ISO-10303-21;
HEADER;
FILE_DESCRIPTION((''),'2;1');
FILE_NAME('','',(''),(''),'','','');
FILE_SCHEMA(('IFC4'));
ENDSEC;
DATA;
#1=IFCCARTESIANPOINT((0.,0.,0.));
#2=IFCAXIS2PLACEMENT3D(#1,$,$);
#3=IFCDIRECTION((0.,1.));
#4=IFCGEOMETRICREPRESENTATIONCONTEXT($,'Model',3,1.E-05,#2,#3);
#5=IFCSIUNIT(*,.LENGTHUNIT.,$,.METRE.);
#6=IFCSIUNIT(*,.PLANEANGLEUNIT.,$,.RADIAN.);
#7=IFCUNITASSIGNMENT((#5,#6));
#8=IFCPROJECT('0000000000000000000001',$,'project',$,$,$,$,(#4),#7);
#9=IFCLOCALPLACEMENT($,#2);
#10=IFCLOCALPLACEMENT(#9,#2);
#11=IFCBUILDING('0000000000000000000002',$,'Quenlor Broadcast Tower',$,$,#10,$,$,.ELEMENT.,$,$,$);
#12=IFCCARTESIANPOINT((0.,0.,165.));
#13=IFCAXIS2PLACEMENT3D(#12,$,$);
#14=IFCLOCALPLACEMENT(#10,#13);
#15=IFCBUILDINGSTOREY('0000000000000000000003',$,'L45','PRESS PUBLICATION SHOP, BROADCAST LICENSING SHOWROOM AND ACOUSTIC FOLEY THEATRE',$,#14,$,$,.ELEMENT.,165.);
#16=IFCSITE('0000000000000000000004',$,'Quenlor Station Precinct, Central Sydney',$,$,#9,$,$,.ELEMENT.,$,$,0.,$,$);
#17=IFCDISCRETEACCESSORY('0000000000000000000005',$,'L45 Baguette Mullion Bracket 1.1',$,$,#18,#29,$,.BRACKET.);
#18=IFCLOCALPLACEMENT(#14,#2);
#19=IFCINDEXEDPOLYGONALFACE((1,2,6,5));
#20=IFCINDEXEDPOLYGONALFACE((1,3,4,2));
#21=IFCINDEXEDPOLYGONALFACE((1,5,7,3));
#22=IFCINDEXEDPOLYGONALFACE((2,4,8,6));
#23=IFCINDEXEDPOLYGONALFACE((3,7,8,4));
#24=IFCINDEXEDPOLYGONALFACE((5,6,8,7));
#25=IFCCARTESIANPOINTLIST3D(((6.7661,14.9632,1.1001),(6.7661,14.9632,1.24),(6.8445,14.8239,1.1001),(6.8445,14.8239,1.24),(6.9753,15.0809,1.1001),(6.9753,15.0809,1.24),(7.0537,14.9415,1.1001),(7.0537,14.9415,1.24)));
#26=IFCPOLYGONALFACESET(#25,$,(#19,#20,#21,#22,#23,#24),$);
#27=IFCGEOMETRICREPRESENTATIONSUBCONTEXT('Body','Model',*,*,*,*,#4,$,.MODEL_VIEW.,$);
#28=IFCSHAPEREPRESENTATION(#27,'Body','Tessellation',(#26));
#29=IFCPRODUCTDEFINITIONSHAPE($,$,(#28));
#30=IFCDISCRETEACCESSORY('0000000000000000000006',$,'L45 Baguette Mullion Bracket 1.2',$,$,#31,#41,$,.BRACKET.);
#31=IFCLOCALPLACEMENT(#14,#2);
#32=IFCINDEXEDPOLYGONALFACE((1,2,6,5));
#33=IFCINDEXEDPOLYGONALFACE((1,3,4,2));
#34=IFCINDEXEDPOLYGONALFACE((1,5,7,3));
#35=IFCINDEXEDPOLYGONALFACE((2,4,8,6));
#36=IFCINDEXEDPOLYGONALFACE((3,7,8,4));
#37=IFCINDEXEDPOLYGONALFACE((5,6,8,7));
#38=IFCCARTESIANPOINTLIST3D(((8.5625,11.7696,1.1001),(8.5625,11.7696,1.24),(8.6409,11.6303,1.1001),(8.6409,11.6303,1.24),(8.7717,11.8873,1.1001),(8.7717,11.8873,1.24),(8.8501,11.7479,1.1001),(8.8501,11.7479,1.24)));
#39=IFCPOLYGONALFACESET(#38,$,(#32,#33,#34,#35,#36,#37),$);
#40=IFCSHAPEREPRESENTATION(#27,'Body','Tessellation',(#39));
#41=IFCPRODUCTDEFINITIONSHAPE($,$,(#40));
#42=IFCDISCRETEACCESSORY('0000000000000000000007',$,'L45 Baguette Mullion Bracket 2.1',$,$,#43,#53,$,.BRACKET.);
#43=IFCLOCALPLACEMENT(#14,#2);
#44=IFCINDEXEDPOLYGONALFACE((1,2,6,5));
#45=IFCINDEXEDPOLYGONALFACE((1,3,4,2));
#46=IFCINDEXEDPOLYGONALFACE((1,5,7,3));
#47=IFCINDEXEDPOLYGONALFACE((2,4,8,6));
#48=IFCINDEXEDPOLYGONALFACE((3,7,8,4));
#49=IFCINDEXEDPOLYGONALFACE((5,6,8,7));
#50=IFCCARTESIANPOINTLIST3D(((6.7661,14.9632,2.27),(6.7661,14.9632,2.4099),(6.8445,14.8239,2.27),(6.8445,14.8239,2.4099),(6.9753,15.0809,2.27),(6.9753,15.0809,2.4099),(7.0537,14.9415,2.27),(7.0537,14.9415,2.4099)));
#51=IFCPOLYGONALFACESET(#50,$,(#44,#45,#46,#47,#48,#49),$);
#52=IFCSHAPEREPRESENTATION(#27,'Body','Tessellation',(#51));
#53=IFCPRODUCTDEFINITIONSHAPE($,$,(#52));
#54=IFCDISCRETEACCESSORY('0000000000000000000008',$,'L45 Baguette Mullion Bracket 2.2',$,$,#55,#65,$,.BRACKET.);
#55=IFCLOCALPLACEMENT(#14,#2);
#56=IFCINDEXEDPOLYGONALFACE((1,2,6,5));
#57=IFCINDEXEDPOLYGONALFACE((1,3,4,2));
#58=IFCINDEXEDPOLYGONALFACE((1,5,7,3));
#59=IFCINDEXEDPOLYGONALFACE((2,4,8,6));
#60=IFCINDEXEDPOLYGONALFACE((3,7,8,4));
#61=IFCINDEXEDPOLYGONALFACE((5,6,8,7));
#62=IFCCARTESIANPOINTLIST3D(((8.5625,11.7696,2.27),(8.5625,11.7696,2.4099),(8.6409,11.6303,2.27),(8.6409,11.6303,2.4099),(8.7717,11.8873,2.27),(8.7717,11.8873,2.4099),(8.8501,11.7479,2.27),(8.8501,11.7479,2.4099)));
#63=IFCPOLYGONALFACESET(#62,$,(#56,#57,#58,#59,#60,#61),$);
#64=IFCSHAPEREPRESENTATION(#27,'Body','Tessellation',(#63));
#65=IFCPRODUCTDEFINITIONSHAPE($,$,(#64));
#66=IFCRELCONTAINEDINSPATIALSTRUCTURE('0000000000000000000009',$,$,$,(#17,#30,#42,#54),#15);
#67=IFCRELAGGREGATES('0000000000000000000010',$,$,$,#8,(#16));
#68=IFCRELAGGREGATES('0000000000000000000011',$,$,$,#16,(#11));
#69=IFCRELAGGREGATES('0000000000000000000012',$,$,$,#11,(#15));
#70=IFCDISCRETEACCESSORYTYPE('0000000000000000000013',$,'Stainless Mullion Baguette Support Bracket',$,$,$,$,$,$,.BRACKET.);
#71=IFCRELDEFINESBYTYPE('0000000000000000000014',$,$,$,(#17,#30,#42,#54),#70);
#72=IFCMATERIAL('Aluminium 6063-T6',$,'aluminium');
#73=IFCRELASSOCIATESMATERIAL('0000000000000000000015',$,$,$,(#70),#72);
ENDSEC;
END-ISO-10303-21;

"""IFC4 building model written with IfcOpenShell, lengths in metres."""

from ifc_helpers import new_model, si_unit, direction, frame, origin, origin_2d, place, context, subcontext, project, spatial, rectangle, extrude, material, type_object, element, save


model = new_model("IFC4")

# Units and contexts
model_context = context("Model", 3, precision=1e-05, world=origin(), true_north=direction((0.0, 1.0)))
body_context = subcontext(model_context, "Body", "Model", "MODEL_VIEW")
ifc_project = project(units=[si_unit("LENGTHUNIT", "METRE"), si_unit("PLANEANGLEUNIT", "RADIAN")], contexts=[model_context])

# Site, building, storey
site_placement = place(None, origin())
site = spatial("IfcSite", under=ifc_project, at=site_placement, Name="Quenlor Station Precinct, Central Sydney", CompositionType="ELEMENT", RefElevation=0.0)
building_placement = place(site_placement, origin())
building = spatial("IfcBuilding", under=site, at=building_placement, Name="Quenlor Broadcast Tower", CompositionType="ELEMENT")
storey_placement = place(building_placement, frame((0.0, 0.0, 165.0)))
storey = spatial("IfcBuildingStorey", under=building, at=storey_placement, Name="L45", Description="PRESS PUBLICATION SHOP, BROADCAST LICENSING SHOWROOM AND ACOUSTIC FOLEY THEATRE", CompositionType="ELEMENT", Elevation=165.0)

# Discrete accessories
ifc_material_1 = material(Name="Aluminium 6063-T6", Category="aluminium")
discrete_accessory_type = type_object("IfcDiscreteAccessoryType", Name="Stainless Mullion Baguette Support Bracket", PredefinedType="BRACKET", material=ifc_material_1)
for number, where, z_axis, x_axis, name in (
    (1, (6.9099, 14.9524, 1.1001), (0.0, 0.0, 1.0), (0.49027, -0.871571, 0.0), "L45 Baguette Mullion Bracket 1.1"),
    (2, (8.7063, 11.7588, 1.1001), (0.0, 0.0, 1.0), (0.49027, -0.871571, 0.0), "L45 Baguette Mullion Bracket 1.2"),
    (3, (6.9099, 14.9524, 2.27), (0.0, 0.0, 1.0), (0.49027, -0.871571, 0.0), "L45 Baguette Mullion Bracket 2.1"),
    (4, (8.7063, 11.7588, 2.27), (0.0, 0.0, 1.0), (0.49027, -0.871571, 0.0), "L45 Baguette Mullion Bracket 2.2"),
):
    element("IfcDiscreteAccessory", number, at=place(storey_placement, frame(where, z_axis=z_axis, x_axis=x_axis)), inside=storey, type_object=discrete_accessory_type, Name=name, PredefinedType="BRACKET", context=body_context, shape_type="SweptSolid", body=[
        extrude(rectangle(XDim=0.1599, YDim=0.24, at=origin_2d()), origin(), (0.0, 0.0, 1.0), 0.1399),
    ])

save(model, "model.ifc")
